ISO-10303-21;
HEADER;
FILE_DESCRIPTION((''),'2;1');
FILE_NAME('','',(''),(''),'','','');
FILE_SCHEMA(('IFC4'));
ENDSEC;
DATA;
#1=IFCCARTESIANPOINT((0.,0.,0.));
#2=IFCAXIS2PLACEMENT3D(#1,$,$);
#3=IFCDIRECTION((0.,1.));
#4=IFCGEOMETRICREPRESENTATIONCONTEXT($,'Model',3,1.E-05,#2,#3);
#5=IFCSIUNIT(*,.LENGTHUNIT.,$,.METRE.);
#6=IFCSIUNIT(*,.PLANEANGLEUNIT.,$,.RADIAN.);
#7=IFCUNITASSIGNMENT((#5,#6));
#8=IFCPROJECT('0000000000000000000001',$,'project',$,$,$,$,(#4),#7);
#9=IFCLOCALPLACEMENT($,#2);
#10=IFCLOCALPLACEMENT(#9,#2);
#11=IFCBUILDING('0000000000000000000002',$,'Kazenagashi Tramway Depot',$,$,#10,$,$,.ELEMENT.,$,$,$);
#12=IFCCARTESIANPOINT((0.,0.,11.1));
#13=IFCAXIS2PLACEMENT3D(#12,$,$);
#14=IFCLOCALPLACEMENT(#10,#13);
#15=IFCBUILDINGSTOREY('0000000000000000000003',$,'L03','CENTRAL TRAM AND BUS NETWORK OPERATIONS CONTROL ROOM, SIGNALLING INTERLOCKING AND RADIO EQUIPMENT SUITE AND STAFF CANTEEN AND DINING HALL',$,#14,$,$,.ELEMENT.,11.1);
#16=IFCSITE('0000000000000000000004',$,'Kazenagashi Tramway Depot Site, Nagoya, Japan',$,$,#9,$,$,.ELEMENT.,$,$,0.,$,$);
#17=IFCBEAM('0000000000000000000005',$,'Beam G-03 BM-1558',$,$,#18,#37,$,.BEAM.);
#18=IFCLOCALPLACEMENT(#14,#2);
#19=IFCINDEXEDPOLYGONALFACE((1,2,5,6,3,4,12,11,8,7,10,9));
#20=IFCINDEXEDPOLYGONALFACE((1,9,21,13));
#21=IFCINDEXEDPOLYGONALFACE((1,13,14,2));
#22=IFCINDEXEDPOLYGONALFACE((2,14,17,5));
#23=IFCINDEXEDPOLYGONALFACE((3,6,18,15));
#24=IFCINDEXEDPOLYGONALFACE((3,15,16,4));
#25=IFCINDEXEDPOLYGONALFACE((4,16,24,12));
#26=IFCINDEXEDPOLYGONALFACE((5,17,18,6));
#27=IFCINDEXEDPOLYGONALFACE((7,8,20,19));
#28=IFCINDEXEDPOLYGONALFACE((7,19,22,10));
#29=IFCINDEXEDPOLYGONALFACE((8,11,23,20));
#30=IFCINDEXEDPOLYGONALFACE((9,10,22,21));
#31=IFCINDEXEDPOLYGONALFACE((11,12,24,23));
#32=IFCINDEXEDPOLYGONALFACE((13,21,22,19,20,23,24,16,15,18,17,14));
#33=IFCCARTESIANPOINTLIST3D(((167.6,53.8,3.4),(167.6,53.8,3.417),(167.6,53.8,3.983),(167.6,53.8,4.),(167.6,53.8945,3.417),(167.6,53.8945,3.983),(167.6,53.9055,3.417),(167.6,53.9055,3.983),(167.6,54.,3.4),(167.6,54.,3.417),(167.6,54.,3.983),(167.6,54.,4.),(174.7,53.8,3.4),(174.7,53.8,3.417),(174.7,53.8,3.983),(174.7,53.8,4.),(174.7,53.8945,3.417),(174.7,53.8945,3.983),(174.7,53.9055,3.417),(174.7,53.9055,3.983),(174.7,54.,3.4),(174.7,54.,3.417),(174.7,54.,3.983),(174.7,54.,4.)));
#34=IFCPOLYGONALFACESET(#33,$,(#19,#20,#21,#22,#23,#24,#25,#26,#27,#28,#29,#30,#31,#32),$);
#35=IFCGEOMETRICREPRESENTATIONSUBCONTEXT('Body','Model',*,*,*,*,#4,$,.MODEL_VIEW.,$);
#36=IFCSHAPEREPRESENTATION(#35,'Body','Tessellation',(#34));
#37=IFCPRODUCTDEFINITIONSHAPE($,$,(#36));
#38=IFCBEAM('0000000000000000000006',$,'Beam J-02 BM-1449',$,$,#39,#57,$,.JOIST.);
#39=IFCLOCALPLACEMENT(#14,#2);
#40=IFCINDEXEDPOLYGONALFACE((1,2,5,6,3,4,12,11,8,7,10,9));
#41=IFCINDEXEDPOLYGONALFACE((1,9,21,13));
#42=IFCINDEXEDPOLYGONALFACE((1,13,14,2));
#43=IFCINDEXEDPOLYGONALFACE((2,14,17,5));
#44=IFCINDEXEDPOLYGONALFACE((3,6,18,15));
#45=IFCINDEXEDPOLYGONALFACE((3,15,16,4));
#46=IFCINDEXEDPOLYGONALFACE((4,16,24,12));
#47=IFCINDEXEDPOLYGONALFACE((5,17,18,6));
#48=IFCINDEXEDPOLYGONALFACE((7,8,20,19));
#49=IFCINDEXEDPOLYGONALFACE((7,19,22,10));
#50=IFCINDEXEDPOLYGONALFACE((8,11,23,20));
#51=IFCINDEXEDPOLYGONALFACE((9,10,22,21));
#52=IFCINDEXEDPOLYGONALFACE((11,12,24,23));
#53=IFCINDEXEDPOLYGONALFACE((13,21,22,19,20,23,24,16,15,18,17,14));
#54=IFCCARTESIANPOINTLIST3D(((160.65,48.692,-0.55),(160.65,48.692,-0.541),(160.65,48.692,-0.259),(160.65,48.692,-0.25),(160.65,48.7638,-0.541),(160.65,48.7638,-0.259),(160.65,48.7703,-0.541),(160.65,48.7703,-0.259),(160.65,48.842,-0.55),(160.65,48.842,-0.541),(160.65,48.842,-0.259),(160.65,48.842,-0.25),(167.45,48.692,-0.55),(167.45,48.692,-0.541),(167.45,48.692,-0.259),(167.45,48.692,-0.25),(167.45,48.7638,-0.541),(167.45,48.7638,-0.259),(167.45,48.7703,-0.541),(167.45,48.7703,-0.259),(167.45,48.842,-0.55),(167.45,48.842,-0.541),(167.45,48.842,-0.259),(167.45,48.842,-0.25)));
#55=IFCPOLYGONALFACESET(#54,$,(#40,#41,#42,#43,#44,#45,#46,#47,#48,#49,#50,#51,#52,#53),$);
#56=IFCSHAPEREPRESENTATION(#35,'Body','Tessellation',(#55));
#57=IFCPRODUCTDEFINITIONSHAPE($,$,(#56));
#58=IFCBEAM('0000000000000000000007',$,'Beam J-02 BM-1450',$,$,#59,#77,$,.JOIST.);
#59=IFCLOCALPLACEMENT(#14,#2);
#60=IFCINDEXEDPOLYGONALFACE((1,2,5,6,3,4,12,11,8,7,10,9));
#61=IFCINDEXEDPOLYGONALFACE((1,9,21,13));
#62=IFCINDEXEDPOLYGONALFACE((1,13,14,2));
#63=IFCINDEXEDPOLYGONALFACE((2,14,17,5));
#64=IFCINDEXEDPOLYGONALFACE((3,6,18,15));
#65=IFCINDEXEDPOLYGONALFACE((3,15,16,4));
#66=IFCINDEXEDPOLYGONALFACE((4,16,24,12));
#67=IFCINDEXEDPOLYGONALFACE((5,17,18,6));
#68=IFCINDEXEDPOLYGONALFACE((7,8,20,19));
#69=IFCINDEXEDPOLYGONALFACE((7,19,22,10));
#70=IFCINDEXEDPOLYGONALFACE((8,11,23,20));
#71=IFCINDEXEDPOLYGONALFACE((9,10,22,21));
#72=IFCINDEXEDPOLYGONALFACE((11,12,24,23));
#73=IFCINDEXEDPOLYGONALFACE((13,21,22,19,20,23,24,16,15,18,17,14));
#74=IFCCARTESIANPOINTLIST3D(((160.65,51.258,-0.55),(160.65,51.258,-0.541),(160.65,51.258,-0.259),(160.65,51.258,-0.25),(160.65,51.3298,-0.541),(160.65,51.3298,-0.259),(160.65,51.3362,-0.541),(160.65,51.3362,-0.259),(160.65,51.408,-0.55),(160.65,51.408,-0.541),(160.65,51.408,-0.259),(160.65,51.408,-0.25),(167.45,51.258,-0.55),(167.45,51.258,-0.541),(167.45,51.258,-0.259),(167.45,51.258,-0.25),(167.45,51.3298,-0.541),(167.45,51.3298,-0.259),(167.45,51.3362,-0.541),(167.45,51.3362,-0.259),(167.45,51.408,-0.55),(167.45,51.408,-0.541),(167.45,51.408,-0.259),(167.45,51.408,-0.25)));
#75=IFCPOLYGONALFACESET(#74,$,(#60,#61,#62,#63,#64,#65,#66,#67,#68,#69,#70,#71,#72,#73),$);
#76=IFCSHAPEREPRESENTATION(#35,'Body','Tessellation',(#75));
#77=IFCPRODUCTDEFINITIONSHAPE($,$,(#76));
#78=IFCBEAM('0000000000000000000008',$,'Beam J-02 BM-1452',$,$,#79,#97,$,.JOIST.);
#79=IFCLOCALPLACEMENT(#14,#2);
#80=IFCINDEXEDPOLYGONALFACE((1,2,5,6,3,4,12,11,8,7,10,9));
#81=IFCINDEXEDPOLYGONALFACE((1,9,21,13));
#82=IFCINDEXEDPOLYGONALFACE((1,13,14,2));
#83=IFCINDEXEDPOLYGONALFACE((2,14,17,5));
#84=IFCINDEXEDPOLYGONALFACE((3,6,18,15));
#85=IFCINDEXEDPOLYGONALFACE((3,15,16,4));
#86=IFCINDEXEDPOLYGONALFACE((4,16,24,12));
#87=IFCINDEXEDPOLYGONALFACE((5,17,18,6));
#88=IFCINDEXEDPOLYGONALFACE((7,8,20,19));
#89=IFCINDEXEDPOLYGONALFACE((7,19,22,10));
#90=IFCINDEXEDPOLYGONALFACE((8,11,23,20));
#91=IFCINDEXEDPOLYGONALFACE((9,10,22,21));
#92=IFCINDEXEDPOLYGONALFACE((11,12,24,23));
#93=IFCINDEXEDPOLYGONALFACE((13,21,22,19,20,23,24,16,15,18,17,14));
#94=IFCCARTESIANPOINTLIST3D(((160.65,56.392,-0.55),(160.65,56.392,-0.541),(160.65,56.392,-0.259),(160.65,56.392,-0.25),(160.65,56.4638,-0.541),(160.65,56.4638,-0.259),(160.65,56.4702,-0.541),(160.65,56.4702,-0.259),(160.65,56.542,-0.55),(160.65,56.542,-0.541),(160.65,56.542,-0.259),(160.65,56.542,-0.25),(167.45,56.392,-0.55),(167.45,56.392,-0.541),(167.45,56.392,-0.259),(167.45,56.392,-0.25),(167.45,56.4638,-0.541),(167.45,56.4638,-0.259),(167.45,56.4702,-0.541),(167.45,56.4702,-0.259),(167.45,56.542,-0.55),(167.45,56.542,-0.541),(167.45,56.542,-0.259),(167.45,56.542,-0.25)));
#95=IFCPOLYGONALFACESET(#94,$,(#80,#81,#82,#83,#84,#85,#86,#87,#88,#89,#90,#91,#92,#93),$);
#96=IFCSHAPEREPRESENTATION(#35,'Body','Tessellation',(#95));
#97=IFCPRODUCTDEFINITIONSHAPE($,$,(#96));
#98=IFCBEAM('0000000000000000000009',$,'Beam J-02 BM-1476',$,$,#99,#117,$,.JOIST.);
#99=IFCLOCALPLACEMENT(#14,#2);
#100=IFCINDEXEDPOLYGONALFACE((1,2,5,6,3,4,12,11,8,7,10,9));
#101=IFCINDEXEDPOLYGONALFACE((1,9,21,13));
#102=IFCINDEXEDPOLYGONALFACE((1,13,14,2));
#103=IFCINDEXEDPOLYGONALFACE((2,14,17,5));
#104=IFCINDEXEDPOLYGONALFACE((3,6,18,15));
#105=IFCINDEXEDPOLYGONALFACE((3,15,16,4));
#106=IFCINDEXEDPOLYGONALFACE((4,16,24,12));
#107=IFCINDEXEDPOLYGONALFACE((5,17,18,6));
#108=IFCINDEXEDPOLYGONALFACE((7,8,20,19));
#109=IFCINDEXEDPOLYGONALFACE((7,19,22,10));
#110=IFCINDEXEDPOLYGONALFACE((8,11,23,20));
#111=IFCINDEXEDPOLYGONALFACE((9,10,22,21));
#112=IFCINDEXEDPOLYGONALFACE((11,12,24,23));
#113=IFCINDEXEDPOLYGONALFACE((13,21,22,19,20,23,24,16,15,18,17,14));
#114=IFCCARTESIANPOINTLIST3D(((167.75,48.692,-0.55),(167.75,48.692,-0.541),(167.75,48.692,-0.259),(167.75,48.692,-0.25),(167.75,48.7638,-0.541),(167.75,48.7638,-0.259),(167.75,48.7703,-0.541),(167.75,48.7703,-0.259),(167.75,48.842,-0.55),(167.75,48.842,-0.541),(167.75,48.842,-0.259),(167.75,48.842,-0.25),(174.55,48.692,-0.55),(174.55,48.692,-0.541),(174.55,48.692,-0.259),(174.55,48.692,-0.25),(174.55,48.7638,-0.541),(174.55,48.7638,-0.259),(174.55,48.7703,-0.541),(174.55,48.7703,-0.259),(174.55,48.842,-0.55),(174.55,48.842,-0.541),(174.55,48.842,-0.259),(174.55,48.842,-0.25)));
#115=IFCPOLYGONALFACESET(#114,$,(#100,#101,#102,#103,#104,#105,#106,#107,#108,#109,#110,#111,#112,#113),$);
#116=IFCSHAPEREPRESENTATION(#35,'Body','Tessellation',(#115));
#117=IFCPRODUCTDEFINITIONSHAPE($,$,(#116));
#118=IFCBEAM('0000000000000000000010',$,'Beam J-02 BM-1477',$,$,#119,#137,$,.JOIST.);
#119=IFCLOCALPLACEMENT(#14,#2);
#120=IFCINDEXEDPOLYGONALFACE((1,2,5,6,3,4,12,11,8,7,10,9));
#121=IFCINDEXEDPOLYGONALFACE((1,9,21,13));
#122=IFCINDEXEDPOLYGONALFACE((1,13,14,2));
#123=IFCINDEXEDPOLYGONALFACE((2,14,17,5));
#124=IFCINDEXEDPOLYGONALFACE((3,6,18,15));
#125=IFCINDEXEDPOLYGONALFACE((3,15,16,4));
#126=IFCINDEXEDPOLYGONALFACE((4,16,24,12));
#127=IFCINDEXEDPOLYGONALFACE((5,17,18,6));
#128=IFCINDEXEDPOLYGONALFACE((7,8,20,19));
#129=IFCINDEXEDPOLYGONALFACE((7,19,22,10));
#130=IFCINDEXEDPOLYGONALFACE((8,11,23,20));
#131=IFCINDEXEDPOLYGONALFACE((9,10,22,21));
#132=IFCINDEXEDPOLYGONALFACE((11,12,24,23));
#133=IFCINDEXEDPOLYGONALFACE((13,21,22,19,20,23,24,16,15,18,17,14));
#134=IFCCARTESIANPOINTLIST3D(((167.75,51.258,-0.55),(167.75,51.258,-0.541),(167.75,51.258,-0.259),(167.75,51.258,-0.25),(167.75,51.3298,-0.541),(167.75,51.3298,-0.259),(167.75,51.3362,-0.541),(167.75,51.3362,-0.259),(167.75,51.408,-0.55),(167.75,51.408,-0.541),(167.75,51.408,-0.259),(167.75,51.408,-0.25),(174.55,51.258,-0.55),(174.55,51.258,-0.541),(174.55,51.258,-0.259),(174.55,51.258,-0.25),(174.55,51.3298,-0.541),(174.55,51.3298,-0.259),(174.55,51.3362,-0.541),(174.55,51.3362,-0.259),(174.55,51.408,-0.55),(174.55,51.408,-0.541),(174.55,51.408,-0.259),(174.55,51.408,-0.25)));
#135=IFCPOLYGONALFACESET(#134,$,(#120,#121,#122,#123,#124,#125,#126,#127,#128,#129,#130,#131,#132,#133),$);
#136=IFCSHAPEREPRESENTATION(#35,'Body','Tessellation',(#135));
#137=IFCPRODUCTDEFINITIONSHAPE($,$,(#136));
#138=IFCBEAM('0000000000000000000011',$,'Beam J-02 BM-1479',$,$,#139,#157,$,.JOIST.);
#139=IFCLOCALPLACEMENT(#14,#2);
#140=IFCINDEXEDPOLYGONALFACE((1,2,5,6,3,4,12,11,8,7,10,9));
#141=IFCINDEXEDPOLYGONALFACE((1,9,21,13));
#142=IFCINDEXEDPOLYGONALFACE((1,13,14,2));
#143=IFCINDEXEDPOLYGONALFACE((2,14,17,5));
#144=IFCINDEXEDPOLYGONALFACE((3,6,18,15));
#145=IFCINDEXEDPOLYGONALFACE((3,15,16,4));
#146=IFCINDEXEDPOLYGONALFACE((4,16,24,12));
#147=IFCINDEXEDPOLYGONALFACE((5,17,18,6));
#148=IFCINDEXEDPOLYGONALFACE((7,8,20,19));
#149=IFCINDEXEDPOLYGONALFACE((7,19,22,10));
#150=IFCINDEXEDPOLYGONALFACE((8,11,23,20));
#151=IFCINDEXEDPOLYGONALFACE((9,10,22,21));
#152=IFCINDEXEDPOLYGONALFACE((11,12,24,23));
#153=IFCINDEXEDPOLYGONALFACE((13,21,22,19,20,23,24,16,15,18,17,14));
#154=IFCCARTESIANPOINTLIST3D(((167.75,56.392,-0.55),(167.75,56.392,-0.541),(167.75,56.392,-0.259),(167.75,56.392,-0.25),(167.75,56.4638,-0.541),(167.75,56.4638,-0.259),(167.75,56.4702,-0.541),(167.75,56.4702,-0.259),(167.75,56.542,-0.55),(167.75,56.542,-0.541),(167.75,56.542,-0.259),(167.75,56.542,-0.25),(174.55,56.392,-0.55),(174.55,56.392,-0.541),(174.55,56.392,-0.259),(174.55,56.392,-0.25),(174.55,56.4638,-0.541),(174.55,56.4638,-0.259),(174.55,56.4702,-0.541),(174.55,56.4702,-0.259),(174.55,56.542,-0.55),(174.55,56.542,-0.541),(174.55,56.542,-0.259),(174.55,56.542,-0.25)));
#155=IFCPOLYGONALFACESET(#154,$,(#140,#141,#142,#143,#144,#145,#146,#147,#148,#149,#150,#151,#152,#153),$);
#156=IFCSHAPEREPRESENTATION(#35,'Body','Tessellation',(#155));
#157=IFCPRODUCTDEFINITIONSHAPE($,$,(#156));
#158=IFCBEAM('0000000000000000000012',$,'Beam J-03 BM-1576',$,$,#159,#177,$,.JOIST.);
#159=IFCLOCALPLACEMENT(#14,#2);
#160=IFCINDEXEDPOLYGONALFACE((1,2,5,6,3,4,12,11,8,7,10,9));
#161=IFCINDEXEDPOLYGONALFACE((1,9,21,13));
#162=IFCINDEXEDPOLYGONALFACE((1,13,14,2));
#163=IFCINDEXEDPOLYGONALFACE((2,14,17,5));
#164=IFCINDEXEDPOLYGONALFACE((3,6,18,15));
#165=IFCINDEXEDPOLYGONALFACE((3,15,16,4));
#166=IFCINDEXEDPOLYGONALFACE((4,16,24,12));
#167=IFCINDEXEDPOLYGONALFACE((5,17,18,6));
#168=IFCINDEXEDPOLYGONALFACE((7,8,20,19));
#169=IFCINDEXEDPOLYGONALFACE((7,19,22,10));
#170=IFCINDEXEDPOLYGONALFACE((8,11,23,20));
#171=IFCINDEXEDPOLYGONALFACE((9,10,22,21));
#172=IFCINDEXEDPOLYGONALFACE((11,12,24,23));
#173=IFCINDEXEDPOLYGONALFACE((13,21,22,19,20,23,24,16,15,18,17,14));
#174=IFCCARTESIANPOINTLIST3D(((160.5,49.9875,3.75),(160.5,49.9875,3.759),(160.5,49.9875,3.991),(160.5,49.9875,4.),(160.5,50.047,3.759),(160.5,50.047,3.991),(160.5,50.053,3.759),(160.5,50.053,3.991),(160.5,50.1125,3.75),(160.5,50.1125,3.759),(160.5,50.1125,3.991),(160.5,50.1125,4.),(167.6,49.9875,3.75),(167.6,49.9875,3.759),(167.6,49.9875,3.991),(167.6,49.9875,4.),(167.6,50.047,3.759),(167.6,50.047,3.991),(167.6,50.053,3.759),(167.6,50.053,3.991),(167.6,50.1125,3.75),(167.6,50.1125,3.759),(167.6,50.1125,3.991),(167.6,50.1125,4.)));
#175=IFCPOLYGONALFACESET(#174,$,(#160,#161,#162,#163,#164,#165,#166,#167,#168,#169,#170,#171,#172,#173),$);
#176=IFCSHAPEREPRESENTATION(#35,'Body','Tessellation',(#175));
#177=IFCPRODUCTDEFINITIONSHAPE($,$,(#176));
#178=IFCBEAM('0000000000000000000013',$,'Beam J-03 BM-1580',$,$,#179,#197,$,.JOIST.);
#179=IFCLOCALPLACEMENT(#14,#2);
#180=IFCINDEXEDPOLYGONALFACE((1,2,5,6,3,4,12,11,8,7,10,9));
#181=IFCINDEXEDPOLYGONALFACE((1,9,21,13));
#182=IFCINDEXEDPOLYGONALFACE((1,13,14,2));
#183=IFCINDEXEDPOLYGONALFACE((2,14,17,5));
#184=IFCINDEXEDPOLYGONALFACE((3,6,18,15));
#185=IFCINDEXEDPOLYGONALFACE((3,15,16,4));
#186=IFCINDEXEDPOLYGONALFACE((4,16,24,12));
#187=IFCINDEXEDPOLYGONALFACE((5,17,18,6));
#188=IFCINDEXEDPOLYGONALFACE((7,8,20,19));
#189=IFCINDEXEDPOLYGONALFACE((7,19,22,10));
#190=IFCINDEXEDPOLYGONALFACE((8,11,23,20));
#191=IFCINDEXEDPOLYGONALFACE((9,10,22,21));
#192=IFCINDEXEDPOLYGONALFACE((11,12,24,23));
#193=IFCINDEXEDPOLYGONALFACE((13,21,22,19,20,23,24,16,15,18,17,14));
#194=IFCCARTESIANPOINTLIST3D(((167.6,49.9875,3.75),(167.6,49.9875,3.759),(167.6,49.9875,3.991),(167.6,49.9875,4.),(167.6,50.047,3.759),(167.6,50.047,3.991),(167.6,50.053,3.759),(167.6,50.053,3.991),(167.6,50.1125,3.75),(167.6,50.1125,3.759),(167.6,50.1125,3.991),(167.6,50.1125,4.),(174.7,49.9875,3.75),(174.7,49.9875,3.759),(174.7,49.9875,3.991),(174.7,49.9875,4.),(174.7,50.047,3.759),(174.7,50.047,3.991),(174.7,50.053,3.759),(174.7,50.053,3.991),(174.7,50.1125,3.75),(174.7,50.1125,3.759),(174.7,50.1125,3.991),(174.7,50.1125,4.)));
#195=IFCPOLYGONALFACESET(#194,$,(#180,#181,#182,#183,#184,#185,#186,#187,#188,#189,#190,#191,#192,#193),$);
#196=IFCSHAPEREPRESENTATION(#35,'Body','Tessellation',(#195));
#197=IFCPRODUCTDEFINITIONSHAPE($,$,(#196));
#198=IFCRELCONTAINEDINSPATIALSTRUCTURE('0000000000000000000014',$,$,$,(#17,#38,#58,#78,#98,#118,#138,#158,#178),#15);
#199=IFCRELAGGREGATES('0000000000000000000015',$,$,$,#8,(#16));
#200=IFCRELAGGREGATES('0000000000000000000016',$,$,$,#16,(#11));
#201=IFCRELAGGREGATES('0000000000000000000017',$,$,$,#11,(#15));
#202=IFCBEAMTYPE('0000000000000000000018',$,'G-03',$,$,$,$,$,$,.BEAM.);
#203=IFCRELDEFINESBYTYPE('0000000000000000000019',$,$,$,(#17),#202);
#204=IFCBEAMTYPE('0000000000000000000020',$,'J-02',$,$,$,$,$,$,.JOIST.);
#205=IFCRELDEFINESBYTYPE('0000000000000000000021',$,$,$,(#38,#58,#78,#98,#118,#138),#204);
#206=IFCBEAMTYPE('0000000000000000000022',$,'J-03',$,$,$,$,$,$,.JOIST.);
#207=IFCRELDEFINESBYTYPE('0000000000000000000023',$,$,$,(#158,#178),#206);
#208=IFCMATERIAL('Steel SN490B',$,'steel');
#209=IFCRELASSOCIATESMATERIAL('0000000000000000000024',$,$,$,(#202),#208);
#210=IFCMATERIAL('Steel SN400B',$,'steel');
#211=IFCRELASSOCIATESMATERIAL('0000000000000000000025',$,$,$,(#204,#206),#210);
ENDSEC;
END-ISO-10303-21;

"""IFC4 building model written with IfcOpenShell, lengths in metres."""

from ifc_helpers import new_model, si_unit, direction, frame, origin, origin_2d, place, context, subcontext, project, spatial, i_section, extrude, material, material_profile, profile_set, type_object, element, save


model = new_model("IFC4")

# Units and contexts
model_context = context("Model", 3, precision=1e-05, world=origin(), true_north=direction((0.0, 1.0)))
body_context = subcontext(model_context, "Body", "Model", "MODEL_VIEW")
ifc_project = project(units=[si_unit("LENGTHUNIT", "METRE"), si_unit("PLANEANGLEUNIT", "RADIAN")], contexts=[model_context])

# Site, building, storey
site_placement = place(None, origin())
site = spatial("IfcSite", under=ifc_project, at=site_placement, Name="Kazenagashi Tramway Depot Site, Nagoya, Japan", CompositionType="ELEMENT", RefElevation=0.0)
building_placement = place(site_placement, origin())
building = spatial("IfcBuilding", under=site, at=building_placement, Name="Kazenagashi Tramway Depot", CompositionType="ELEMENT")
storey_placement = place(building_placement, frame((0.0, 0.0, 11.1)))
storey = spatial("IfcBuildingStorey", under=building, at=storey_placement, Name="L03", Description="CENTRAL TRAM AND BUS NETWORK OPERATIONS CONTROL ROOM, SIGNALLING INTERLOCKING AND RADIO EQUIPMENT SUITE AND STAFF CANTEEN AND DINING HALL", CompositionType="ELEMENT", Elevation=11.1)

# Shared definitions
ifc_material_1 = material(Name="Steel SN490B", Category="steel")

# Beams
ifc_material_profile_1 = material_profile(ifc_material_1, i_section(OverallWidth=0.2, OverallDepth=0.6, WebThickness=0.011, FlangeThickness=0.017, at=origin_2d()), Name="H-600x200x11x17")
ifc_profile_set_1 = profile_set([ifc_material_profile_1], Name="Steel SN490B")
beam_type_1 = type_object("IfcBeamType", Name="G-03", PredefinedType="BEAM", material=ifc_profile_set_1)
for number, where, z_axis, x_axis, name in (
    (1, (167.6, 53.9, 3.7), (1.0, 0.0, 0.0), (0.0, 1.0, 0.0), "Beam G-03 BM-1558"),
):
    element("IfcBeam", number, at=place(storey_placement, frame(where, z_axis=z_axis, x_axis=x_axis)), inside=storey, type_object=beam_type_1, Name=name, PredefinedType="BEAM", context=body_context, shape_type="SweptSolid", body=[
        extrude(i_section(OverallWidth=0.2, OverallDepth=0.6, WebThickness=0.011, FlangeThickness=0.017, at=origin_2d()), origin(), (0.0, 0.0, 1.0), 7.1),
    ])
ifc_material_2 = material(Name="Steel SN400B", Category="steel")
ifc_material_profile_2 = material_profile(ifc_material_2, i_section(OverallWidth=0.15, OverallDepth=0.3, WebThickness=0.0065, FlangeThickness=0.009, at=origin_2d()), Name="H-300x150x6.5x9")
ifc_profile_set_2 = profile_set([ifc_material_profile_2], Name="Steel SN400B")
beam_type_2 = type_object("IfcBeamType", Name="J-02", PredefinedType="JOIST", material=ifc_profile_set_2)
for number, where, z_axis, x_axis, name in (
    (2, (160.65, 48.767, -0.4), (1.0, 0.0, 0.0), (0.0, 1.0, 0.0), "Beam J-02 BM-1449"),
    (3, (160.65, 51.333, -0.4), (1.0, 0.0, 0.0), (0.0, 1.0, 0.0), "Beam J-02 BM-1450"),
    (4, (160.65, 56.467, -0.4), (1.0, 0.0, 0.0), (0.0, 1.0, 0.0), "Beam J-02 BM-1452"),
    (5, (167.75, 48.767, -0.4), (1.0, 0.0, 0.0), (0.0, 1.0, 0.0), "Beam J-02 BM-1476"),
    (6, (167.75, 51.333, -0.4), (1.0, 0.0, 0.0), (0.0, 1.0, 0.0), "Beam J-02 BM-1477"),
    (7, (167.75, 56.467, -0.4), (1.0, 0.0, 0.0), (0.0, 1.0, 0.0), "Beam J-02 BM-1479"),
):
    element("IfcBeam", number, at=place(storey_placement, frame(where, z_axis=z_axis, x_axis=x_axis)), inside=storey, type_object=beam_type_2, Name=name, PredefinedType="JOIST", context=body_context, shape_type="SweptSolid", body=[
        extrude(i_section(OverallWidth=0.15, OverallDepth=0.3, WebThickness=0.0065, FlangeThickness=0.009, at=origin_2d()), origin(), (0.0, 0.0, 1.0), 6.8),
    ])
ifc_material_profile_3 = material_profile(ifc_material_2, i_section(OverallWidth=0.125, OverallDepth=0.25, WebThickness=0.006, FlangeThickness=0.009, at=origin_2d()), Name="H-250x125x6x9")
ifc_profile_set_3 = profile_set([ifc_material_profile_3], Name="Steel SN400B")
beam_type_3 = type_object("IfcBeamType", Name="J-03", PredefinedType="JOIST", material=ifc_profile_set_3)
for number, where, z_axis, x_axis, name in (
    (8, (160.5, 50.05, 3.875), (1.0, 0.0, 0.0), (0.0, 1.0, 0.0), "Beam J-03 BM-1576"),
    (9, (167.6, 50.05, 3.875), (1.0, 0.0, 0.0), (0.0, 1.0, 0.0), "Beam J-03 BM-1580"),
):
    element("IfcBeam", number, at=place(storey_placement, frame(where, z_axis=z_axis, x_axis=x_axis)), inside=storey, type_object=beam_type_3, Name=name, PredefinedType="JOIST", context=body_context, shape_type="SweptSolid", body=[
        extrude(i_section(OverallWidth=0.125, OverallDepth=0.25, WebThickness=0.006, FlangeThickness=0.009, at=origin_2d()), origin(), (0.0, 0.0, 1.0), 7.1),
    ])

save(model, "model.ifc")
